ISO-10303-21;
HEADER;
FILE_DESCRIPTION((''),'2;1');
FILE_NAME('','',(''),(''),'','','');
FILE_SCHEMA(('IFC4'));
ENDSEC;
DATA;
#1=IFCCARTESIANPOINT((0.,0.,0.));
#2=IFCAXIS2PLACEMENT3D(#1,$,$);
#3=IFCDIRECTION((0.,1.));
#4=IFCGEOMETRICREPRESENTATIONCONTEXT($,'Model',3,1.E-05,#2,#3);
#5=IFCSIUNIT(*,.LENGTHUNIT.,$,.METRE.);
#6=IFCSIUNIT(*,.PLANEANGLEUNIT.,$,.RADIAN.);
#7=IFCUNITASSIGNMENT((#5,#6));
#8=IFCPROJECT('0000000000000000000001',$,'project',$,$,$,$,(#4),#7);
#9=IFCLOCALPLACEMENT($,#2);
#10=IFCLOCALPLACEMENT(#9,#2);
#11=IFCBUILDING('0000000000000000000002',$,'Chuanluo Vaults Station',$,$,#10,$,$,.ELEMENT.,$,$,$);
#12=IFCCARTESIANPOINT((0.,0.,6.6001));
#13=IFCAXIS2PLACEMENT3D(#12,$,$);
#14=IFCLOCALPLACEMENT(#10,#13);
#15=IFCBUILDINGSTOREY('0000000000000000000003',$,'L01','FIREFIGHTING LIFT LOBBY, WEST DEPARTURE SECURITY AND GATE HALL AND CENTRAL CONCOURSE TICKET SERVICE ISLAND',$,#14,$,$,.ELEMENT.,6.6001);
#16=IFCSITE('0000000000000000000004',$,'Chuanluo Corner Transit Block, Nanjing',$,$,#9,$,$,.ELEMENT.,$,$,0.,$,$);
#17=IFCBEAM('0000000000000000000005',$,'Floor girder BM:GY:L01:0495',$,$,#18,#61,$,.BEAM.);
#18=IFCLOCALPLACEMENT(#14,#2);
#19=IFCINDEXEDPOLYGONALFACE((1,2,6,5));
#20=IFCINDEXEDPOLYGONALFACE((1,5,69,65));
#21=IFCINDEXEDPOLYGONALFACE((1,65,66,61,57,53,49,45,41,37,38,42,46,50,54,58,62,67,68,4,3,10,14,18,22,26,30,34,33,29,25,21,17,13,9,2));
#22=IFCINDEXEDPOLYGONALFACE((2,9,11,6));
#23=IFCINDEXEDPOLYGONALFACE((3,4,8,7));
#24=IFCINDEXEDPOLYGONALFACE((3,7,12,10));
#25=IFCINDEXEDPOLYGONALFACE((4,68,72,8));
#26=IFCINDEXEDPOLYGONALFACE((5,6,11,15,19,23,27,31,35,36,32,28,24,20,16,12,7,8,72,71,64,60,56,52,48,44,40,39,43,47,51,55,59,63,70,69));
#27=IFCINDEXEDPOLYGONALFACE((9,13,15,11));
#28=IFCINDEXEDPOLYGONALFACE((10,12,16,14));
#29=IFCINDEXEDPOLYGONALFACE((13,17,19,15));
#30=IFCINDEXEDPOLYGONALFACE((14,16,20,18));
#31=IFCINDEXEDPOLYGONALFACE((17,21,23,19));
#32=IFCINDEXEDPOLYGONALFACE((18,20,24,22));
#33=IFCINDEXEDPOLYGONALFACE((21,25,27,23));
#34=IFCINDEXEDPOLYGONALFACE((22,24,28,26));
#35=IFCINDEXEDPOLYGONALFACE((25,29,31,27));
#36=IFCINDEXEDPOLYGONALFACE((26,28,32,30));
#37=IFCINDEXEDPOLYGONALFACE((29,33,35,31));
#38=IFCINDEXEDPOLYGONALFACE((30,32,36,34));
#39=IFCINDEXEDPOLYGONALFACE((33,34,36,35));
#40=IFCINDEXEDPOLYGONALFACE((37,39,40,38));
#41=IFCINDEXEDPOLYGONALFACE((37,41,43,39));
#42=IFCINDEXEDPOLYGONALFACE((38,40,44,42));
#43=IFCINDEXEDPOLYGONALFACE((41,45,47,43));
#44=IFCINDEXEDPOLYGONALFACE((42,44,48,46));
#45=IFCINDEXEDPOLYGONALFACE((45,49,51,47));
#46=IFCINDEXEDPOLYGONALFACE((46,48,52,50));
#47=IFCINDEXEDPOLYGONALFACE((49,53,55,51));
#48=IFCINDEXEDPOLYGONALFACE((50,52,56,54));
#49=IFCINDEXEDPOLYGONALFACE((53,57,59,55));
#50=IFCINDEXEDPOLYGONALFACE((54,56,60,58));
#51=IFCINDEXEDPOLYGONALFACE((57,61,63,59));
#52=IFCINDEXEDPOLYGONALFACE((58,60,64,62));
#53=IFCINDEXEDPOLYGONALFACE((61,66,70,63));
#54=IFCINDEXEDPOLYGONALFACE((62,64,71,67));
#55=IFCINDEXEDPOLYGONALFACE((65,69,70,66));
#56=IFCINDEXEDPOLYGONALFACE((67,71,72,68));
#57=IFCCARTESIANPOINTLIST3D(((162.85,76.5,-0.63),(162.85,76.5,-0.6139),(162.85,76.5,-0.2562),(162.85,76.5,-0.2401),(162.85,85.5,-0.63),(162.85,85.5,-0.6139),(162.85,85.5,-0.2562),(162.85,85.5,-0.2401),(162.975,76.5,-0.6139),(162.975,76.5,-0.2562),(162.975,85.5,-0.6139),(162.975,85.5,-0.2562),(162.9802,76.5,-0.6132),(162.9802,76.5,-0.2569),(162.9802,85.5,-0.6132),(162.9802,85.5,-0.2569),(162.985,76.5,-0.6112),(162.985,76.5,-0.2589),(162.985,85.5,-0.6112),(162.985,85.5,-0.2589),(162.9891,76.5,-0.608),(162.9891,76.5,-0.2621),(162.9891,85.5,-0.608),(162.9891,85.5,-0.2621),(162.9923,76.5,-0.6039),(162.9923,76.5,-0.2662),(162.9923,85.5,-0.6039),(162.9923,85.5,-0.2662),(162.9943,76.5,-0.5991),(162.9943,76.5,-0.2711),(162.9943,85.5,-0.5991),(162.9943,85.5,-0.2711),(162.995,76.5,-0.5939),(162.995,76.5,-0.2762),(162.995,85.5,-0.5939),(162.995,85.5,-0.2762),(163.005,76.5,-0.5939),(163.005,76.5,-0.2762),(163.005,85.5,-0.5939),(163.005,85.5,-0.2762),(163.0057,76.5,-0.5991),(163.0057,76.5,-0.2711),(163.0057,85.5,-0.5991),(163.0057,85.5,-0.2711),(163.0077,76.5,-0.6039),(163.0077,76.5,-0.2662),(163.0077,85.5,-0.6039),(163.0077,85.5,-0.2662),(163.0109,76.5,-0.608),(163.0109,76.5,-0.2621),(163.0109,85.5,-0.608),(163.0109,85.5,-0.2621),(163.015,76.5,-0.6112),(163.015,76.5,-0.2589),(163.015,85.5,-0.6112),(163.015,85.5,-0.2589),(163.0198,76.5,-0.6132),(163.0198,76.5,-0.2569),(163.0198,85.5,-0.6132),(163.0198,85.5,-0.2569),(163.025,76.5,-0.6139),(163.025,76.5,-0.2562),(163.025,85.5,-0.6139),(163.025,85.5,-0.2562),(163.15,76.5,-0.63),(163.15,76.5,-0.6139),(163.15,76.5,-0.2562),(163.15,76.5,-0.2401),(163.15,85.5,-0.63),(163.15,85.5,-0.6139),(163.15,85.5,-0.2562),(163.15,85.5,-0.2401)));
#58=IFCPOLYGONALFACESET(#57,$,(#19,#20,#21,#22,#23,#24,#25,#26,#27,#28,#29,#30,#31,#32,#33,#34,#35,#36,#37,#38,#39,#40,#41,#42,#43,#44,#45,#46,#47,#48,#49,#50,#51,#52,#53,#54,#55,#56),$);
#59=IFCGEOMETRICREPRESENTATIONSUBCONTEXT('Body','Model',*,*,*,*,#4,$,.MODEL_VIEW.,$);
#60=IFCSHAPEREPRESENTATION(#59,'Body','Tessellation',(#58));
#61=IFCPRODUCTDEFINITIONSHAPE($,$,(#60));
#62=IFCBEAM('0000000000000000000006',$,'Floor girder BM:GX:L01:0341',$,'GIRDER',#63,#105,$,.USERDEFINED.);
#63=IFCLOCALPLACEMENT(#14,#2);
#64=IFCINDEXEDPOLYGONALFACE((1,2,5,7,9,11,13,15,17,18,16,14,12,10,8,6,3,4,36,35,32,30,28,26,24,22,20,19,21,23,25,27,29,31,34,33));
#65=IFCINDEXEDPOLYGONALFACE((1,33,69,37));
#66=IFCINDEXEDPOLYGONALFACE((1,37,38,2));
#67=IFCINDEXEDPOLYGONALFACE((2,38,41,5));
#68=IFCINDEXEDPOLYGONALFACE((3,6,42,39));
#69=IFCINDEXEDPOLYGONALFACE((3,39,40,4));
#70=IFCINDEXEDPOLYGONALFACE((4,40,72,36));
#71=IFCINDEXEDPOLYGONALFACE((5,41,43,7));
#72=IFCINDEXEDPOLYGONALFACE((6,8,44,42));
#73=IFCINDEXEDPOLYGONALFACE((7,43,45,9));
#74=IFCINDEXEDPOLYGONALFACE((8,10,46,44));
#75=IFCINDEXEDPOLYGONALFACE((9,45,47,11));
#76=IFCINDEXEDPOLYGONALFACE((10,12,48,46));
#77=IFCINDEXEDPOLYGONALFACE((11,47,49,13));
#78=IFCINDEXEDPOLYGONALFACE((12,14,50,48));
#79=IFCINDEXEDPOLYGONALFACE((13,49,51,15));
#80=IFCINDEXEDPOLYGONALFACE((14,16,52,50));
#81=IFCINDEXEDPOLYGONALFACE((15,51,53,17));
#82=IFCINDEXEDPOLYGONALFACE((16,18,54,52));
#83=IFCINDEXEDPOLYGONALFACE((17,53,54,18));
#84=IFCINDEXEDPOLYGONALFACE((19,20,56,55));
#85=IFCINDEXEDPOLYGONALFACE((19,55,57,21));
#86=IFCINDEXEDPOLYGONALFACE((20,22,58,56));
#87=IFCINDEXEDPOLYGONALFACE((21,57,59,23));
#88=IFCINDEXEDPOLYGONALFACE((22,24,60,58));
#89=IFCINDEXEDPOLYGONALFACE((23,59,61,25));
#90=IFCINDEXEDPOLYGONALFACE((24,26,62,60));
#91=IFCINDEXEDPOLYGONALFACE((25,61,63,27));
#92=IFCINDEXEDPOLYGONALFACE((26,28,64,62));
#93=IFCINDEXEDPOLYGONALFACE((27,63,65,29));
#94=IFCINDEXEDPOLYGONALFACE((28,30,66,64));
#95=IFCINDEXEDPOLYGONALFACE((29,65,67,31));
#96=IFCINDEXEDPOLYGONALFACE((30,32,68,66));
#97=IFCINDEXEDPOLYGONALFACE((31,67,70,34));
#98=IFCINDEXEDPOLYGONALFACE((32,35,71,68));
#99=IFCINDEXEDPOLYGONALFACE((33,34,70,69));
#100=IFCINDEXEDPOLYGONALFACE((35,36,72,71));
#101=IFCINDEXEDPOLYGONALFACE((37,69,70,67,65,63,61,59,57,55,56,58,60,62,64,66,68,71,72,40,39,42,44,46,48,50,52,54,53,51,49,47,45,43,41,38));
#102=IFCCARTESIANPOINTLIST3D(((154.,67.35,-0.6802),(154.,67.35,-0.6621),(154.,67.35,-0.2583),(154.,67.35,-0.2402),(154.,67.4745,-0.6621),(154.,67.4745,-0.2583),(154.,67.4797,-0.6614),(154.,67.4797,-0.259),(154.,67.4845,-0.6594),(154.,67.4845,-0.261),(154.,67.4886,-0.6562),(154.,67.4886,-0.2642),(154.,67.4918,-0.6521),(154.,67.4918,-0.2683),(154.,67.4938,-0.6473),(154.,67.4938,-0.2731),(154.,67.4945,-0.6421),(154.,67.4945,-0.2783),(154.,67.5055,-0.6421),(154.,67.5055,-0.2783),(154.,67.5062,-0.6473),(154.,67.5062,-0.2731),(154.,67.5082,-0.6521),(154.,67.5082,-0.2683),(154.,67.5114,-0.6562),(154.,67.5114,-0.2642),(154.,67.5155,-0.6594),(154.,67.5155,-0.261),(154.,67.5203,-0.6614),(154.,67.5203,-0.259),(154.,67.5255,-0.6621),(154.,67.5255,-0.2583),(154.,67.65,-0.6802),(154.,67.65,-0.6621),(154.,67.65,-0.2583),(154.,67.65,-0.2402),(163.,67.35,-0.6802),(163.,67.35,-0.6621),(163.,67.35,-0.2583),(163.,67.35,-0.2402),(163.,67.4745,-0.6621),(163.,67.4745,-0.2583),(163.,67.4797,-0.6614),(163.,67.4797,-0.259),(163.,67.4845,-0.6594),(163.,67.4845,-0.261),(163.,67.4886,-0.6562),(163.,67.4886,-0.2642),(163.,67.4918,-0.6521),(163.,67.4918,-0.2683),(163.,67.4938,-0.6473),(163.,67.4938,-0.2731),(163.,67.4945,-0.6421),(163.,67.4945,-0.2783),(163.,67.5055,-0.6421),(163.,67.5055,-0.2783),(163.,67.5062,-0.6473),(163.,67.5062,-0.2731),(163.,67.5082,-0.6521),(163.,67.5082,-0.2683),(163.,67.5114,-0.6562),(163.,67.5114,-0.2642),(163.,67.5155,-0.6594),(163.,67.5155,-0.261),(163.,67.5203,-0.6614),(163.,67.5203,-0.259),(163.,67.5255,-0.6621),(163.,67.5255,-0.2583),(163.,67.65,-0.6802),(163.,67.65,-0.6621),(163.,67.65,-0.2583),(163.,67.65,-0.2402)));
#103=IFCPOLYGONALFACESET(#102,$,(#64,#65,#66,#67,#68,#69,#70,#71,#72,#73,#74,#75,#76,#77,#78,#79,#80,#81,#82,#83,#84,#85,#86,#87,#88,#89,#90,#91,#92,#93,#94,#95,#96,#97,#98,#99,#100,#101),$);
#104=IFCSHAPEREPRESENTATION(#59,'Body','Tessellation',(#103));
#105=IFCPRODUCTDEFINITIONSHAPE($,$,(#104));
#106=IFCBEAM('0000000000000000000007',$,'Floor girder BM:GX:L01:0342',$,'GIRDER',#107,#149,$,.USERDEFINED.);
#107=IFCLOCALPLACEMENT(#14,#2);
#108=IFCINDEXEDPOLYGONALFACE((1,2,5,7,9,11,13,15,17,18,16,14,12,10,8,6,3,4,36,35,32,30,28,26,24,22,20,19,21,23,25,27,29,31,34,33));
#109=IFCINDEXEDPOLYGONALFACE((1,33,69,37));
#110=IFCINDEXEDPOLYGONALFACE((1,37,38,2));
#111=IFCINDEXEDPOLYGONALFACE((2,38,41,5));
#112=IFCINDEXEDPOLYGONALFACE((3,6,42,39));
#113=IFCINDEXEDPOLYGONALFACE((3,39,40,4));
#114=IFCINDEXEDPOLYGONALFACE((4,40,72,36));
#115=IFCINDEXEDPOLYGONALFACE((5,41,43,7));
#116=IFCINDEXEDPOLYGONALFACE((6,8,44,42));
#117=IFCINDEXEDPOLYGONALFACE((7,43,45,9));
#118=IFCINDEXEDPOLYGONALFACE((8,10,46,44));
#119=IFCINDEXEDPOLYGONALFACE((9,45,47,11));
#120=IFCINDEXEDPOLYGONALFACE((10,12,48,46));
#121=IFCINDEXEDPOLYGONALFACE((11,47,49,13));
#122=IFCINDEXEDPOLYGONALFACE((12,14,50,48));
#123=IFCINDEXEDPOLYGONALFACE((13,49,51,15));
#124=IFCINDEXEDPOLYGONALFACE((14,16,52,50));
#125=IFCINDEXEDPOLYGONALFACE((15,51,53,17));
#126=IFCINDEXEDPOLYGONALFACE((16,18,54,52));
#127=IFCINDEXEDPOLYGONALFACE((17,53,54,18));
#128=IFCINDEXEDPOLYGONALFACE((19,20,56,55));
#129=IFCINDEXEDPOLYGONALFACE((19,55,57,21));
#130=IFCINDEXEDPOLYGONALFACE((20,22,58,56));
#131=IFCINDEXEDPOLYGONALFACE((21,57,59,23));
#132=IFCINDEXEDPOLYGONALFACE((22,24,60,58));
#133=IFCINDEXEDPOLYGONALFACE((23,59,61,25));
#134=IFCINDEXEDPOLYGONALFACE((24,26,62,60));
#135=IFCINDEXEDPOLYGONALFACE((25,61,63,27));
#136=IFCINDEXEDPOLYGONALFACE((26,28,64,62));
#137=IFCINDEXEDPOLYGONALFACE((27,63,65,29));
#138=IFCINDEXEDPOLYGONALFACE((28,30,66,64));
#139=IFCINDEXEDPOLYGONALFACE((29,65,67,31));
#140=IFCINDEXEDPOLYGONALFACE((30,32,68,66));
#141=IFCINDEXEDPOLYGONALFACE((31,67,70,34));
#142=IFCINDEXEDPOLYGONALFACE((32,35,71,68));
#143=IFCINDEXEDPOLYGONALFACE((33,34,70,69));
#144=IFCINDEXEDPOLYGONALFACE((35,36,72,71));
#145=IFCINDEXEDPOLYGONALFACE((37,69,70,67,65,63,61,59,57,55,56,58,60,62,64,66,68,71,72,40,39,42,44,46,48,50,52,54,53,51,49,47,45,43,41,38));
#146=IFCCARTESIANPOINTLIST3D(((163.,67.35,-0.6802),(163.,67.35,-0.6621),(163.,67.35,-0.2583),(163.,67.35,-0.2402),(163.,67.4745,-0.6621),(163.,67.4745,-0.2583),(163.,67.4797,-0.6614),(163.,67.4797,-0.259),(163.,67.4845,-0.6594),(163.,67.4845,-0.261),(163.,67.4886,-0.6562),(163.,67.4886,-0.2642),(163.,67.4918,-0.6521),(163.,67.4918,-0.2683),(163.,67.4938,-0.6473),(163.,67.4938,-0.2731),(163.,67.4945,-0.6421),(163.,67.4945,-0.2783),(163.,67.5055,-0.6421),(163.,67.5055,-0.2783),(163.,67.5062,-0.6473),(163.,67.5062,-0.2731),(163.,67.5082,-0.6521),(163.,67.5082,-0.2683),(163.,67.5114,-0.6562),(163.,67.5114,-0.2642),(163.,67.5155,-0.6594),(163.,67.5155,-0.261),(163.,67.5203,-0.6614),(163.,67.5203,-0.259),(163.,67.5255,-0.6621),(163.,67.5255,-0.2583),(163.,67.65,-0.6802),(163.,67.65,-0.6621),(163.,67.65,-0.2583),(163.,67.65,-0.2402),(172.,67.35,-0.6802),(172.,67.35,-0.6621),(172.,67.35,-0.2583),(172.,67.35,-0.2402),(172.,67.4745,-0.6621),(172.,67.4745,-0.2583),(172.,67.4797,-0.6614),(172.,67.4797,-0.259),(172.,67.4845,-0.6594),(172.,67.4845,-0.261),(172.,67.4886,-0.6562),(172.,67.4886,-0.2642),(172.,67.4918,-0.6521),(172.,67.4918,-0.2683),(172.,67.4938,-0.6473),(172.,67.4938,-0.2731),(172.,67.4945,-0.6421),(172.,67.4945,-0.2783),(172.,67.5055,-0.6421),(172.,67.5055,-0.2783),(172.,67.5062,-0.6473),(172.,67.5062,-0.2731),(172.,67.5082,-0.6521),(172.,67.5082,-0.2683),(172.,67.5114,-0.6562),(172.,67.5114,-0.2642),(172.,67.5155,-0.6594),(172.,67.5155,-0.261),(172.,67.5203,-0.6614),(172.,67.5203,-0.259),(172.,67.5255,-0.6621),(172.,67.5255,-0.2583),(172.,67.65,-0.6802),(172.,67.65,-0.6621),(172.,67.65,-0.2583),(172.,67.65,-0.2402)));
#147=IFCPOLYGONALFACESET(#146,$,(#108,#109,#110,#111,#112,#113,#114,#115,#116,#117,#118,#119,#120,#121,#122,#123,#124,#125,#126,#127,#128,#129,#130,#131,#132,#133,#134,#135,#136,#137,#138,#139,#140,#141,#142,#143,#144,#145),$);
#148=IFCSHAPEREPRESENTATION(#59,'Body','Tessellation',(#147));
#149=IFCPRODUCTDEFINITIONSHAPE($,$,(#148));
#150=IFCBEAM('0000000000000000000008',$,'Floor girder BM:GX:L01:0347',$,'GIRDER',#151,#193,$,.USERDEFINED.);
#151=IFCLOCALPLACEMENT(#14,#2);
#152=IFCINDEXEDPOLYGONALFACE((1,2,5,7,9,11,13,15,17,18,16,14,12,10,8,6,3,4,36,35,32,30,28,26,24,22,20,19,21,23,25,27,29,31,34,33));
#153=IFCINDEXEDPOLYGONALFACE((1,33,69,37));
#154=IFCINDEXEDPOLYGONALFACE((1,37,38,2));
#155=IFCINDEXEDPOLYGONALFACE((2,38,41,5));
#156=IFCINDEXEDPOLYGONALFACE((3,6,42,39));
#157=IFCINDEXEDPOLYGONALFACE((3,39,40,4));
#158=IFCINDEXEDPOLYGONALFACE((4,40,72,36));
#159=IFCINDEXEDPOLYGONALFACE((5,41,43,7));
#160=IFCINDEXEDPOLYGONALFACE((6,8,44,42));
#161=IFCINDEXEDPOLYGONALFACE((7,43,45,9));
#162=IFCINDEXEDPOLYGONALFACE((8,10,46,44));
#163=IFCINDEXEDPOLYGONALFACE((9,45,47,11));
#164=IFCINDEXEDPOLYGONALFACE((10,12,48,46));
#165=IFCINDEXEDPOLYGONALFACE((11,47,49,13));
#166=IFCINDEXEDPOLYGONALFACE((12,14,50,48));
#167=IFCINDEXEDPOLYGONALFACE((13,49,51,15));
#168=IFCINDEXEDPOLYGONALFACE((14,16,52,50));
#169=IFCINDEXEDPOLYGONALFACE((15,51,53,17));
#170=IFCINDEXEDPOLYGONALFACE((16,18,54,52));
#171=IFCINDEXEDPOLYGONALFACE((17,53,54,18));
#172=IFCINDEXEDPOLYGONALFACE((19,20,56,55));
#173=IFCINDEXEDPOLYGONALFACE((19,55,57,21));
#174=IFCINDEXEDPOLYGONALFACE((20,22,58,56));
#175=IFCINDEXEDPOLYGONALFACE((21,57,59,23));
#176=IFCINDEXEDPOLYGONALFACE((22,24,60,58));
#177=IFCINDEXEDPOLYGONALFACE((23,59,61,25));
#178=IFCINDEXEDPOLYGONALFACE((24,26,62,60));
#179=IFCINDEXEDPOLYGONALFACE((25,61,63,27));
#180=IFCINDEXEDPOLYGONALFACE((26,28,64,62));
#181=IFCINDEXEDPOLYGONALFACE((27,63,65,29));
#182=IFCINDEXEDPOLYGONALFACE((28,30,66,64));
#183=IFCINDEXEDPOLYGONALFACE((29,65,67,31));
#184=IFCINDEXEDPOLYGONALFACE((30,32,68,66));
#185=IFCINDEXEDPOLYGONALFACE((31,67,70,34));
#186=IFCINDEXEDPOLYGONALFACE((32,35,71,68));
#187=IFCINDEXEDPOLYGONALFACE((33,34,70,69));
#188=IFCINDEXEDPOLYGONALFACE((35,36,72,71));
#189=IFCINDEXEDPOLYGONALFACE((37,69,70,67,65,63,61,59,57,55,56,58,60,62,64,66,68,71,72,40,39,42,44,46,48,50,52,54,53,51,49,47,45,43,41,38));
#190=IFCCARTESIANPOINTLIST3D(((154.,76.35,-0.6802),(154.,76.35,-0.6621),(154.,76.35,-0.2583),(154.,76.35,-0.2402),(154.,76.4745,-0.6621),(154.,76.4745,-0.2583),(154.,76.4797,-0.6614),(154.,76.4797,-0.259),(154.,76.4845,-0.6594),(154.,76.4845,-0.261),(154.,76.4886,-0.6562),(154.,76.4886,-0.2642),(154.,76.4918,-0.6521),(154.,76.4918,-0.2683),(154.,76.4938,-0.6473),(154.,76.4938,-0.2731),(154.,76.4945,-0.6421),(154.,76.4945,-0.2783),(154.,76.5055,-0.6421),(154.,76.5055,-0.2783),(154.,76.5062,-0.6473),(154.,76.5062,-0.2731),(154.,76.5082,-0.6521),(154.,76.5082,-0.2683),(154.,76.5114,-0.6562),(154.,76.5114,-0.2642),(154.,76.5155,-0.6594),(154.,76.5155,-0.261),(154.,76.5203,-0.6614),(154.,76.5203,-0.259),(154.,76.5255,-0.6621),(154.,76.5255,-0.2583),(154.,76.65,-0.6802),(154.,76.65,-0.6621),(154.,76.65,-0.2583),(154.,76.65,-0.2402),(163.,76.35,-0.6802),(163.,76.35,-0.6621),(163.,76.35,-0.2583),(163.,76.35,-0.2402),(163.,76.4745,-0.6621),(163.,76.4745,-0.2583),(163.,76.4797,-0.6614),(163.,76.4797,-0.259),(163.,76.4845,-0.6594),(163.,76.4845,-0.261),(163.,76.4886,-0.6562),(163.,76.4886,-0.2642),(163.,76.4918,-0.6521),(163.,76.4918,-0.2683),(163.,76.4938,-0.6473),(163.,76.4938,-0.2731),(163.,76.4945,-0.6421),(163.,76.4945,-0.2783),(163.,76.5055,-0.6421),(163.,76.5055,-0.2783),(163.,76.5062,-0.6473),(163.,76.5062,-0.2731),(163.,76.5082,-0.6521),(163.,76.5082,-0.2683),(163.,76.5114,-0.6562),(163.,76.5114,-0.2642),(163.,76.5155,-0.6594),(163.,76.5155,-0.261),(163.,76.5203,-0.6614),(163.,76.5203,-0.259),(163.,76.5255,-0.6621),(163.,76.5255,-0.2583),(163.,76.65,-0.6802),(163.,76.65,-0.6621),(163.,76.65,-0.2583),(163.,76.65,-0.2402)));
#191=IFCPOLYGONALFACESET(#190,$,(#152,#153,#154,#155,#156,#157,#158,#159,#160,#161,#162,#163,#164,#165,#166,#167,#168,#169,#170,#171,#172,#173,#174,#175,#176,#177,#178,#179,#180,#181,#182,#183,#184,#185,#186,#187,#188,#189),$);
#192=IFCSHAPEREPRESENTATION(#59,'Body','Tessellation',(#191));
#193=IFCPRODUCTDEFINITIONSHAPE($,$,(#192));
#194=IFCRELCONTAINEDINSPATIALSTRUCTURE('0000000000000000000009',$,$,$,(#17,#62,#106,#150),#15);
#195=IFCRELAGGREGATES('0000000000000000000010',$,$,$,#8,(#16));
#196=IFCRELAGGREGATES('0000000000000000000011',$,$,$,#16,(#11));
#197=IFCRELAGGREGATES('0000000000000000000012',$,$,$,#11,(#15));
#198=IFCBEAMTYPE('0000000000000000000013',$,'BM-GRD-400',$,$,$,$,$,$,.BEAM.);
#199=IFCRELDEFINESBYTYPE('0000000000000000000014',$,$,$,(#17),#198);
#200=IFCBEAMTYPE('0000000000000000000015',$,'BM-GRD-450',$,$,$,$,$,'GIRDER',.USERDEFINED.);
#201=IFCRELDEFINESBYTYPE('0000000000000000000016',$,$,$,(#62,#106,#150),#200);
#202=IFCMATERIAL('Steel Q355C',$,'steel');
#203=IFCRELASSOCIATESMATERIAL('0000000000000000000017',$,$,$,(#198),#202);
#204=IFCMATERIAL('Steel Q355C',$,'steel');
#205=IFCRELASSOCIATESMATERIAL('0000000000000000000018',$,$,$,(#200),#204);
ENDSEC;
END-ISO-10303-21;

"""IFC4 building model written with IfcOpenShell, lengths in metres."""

from ifc_helpers import new_model, si_unit, direction, frame, origin, origin_2d, place, context, subcontext, project, spatial, i_section, extrude, material, material_profile, profile_set, type_object, element, save


model = new_model("IFC4")

# Units and contexts
model_context = context("Model", 3, precision=1e-05, world=origin(), true_north=direction((0.0, 1.0)))
body_context = subcontext(model_context, "Body", "Model", "MODEL_VIEW")
ifc_project = project(units=[si_unit("LENGTHUNIT", "METRE"), si_unit("PLANEANGLEUNIT", "RADIAN")], contexts=[model_context])

# Site, building, storey
site_placement = place(None, origin())
site = spatial("IfcSite", under=ifc_project, at=site_placement, Name="Chuanluo Corner Transit Block, Nanjing", CompositionType="ELEMENT", RefElevation=0.0)
building_placement = place(site_placement, origin())
building = spatial("IfcBuilding", under=site, at=building_placement, Name="Chuanluo Vaults Station", CompositionType="ELEMENT")
storey_placement = place(building_placement, frame((0.0, 0.0, 6.6001)))
storey = spatial("IfcBuildingStorey", under=building, at=storey_placement, Name="L01", Description="FIREFIGHTING LIFT LOBBY, WEST DEPARTURE SECURITY AND GATE HALL AND CENTRAL CONCOURSE TICKET SERVICE ISLAND", CompositionType="ELEMENT", Elevation=6.6001)

# Beams
ifc_material_1 = material(Name="Steel Q355C", Category="steel")
ifc_material_profile_1 = material_profile(ifc_material_1, i_section(OverallWidth=0.3, OverallDepth=0.3899, WebThickness=0.01, FlangeThickness=0.0161, FilletRadius=0.02, at=origin_2d()))
ifc_profile_set_1 = profile_set([ifc_material_profile_1], Name="Steel Q355C")
beam_type_1 = type_object("IfcBeamType", Name="BM-GRD-400", PredefinedType="BEAM", material=ifc_profile_set_1)
for number, where, z_axis, x_axis, name in (
    (1, (163.0, 76.5, -0.4351), (0.0, 1.0, 0.0), (-1.0, 0.0, 0.0), "Floor girder BM:GY:L01:0495"),
):
    element("IfcBeam", number, at=place(storey_placement, frame(where, z_axis=z_axis, x_axis=x_axis)), inside=storey, type_object=beam_type_1, Name=name, PredefinedType="BEAM", context=body_context, shape_type="SweptSolid", body=[
        extrude(i_section(OverallWidth=0.3, OverallDepth=0.3899, WebThickness=0.01, FlangeThickness=0.0161, FilletRadius=0.02, at=origin_2d()), origin(), (0.0, 0.0, 1.0), 9.0),
    ])
ifc_material_2 = material(Name="Steel Q355C", Category="steel")
ifc_material_profile_2 = material_profile(ifc_material_2, i_section(OverallWidth=0.3, OverallDepth=0.4399, WebThickness=0.011, FlangeThickness=0.0181, FilletRadius=0.02, at=origin_2d()))
ifc_profile_set_2 = profile_set([ifc_material_profile_2], Name="Steel Q355C")
beam_type_2 = type_object("IfcBeamType", Name="BM-GRD-450", ElementType="GIRDER", PredefinedType="USERDEFINED", material=ifc_profile_set_2)
for number, where, z_axis, x_axis, name in (
    (2, (154.0, 67.5, -0.4602), (1.0, 0.0, 0.0), (0.0, 1.0, 0.0), "Floor girder BM:GX:L01:0341"),
    (3, (163.0, 67.5, -0.4602), (1.0, 0.0, 0.0), (0.0, 1.0, 0.0), "Floor girder BM:GX:L01:0342"),
    (4, (154.0, 76.5, -0.4602), (1.0, 0.0, 0.0), (0.0, 1.0, 0.0), "Floor girder BM:GX:L01:0347"),
):
    element("IfcBeam", number, at=place(storey_placement, frame(where, z_axis=z_axis, x_axis=x_axis)), inside=storey, type_object=beam_type_2, Name=name, ObjectType="GIRDER", PredefinedType="USERDEFINED", context=body_context, shape_type="SweptSolid", body=[
        extrude(i_section(OverallWidth=0.3, OverallDepth=0.4399, WebThickness=0.011, FlangeThickness=0.0181, FilletRadius=0.02, at=origin_2d()), origin(), (0.0, 0.0, 1.0), 9.0),
    ])

save(model, "model.ifc")
